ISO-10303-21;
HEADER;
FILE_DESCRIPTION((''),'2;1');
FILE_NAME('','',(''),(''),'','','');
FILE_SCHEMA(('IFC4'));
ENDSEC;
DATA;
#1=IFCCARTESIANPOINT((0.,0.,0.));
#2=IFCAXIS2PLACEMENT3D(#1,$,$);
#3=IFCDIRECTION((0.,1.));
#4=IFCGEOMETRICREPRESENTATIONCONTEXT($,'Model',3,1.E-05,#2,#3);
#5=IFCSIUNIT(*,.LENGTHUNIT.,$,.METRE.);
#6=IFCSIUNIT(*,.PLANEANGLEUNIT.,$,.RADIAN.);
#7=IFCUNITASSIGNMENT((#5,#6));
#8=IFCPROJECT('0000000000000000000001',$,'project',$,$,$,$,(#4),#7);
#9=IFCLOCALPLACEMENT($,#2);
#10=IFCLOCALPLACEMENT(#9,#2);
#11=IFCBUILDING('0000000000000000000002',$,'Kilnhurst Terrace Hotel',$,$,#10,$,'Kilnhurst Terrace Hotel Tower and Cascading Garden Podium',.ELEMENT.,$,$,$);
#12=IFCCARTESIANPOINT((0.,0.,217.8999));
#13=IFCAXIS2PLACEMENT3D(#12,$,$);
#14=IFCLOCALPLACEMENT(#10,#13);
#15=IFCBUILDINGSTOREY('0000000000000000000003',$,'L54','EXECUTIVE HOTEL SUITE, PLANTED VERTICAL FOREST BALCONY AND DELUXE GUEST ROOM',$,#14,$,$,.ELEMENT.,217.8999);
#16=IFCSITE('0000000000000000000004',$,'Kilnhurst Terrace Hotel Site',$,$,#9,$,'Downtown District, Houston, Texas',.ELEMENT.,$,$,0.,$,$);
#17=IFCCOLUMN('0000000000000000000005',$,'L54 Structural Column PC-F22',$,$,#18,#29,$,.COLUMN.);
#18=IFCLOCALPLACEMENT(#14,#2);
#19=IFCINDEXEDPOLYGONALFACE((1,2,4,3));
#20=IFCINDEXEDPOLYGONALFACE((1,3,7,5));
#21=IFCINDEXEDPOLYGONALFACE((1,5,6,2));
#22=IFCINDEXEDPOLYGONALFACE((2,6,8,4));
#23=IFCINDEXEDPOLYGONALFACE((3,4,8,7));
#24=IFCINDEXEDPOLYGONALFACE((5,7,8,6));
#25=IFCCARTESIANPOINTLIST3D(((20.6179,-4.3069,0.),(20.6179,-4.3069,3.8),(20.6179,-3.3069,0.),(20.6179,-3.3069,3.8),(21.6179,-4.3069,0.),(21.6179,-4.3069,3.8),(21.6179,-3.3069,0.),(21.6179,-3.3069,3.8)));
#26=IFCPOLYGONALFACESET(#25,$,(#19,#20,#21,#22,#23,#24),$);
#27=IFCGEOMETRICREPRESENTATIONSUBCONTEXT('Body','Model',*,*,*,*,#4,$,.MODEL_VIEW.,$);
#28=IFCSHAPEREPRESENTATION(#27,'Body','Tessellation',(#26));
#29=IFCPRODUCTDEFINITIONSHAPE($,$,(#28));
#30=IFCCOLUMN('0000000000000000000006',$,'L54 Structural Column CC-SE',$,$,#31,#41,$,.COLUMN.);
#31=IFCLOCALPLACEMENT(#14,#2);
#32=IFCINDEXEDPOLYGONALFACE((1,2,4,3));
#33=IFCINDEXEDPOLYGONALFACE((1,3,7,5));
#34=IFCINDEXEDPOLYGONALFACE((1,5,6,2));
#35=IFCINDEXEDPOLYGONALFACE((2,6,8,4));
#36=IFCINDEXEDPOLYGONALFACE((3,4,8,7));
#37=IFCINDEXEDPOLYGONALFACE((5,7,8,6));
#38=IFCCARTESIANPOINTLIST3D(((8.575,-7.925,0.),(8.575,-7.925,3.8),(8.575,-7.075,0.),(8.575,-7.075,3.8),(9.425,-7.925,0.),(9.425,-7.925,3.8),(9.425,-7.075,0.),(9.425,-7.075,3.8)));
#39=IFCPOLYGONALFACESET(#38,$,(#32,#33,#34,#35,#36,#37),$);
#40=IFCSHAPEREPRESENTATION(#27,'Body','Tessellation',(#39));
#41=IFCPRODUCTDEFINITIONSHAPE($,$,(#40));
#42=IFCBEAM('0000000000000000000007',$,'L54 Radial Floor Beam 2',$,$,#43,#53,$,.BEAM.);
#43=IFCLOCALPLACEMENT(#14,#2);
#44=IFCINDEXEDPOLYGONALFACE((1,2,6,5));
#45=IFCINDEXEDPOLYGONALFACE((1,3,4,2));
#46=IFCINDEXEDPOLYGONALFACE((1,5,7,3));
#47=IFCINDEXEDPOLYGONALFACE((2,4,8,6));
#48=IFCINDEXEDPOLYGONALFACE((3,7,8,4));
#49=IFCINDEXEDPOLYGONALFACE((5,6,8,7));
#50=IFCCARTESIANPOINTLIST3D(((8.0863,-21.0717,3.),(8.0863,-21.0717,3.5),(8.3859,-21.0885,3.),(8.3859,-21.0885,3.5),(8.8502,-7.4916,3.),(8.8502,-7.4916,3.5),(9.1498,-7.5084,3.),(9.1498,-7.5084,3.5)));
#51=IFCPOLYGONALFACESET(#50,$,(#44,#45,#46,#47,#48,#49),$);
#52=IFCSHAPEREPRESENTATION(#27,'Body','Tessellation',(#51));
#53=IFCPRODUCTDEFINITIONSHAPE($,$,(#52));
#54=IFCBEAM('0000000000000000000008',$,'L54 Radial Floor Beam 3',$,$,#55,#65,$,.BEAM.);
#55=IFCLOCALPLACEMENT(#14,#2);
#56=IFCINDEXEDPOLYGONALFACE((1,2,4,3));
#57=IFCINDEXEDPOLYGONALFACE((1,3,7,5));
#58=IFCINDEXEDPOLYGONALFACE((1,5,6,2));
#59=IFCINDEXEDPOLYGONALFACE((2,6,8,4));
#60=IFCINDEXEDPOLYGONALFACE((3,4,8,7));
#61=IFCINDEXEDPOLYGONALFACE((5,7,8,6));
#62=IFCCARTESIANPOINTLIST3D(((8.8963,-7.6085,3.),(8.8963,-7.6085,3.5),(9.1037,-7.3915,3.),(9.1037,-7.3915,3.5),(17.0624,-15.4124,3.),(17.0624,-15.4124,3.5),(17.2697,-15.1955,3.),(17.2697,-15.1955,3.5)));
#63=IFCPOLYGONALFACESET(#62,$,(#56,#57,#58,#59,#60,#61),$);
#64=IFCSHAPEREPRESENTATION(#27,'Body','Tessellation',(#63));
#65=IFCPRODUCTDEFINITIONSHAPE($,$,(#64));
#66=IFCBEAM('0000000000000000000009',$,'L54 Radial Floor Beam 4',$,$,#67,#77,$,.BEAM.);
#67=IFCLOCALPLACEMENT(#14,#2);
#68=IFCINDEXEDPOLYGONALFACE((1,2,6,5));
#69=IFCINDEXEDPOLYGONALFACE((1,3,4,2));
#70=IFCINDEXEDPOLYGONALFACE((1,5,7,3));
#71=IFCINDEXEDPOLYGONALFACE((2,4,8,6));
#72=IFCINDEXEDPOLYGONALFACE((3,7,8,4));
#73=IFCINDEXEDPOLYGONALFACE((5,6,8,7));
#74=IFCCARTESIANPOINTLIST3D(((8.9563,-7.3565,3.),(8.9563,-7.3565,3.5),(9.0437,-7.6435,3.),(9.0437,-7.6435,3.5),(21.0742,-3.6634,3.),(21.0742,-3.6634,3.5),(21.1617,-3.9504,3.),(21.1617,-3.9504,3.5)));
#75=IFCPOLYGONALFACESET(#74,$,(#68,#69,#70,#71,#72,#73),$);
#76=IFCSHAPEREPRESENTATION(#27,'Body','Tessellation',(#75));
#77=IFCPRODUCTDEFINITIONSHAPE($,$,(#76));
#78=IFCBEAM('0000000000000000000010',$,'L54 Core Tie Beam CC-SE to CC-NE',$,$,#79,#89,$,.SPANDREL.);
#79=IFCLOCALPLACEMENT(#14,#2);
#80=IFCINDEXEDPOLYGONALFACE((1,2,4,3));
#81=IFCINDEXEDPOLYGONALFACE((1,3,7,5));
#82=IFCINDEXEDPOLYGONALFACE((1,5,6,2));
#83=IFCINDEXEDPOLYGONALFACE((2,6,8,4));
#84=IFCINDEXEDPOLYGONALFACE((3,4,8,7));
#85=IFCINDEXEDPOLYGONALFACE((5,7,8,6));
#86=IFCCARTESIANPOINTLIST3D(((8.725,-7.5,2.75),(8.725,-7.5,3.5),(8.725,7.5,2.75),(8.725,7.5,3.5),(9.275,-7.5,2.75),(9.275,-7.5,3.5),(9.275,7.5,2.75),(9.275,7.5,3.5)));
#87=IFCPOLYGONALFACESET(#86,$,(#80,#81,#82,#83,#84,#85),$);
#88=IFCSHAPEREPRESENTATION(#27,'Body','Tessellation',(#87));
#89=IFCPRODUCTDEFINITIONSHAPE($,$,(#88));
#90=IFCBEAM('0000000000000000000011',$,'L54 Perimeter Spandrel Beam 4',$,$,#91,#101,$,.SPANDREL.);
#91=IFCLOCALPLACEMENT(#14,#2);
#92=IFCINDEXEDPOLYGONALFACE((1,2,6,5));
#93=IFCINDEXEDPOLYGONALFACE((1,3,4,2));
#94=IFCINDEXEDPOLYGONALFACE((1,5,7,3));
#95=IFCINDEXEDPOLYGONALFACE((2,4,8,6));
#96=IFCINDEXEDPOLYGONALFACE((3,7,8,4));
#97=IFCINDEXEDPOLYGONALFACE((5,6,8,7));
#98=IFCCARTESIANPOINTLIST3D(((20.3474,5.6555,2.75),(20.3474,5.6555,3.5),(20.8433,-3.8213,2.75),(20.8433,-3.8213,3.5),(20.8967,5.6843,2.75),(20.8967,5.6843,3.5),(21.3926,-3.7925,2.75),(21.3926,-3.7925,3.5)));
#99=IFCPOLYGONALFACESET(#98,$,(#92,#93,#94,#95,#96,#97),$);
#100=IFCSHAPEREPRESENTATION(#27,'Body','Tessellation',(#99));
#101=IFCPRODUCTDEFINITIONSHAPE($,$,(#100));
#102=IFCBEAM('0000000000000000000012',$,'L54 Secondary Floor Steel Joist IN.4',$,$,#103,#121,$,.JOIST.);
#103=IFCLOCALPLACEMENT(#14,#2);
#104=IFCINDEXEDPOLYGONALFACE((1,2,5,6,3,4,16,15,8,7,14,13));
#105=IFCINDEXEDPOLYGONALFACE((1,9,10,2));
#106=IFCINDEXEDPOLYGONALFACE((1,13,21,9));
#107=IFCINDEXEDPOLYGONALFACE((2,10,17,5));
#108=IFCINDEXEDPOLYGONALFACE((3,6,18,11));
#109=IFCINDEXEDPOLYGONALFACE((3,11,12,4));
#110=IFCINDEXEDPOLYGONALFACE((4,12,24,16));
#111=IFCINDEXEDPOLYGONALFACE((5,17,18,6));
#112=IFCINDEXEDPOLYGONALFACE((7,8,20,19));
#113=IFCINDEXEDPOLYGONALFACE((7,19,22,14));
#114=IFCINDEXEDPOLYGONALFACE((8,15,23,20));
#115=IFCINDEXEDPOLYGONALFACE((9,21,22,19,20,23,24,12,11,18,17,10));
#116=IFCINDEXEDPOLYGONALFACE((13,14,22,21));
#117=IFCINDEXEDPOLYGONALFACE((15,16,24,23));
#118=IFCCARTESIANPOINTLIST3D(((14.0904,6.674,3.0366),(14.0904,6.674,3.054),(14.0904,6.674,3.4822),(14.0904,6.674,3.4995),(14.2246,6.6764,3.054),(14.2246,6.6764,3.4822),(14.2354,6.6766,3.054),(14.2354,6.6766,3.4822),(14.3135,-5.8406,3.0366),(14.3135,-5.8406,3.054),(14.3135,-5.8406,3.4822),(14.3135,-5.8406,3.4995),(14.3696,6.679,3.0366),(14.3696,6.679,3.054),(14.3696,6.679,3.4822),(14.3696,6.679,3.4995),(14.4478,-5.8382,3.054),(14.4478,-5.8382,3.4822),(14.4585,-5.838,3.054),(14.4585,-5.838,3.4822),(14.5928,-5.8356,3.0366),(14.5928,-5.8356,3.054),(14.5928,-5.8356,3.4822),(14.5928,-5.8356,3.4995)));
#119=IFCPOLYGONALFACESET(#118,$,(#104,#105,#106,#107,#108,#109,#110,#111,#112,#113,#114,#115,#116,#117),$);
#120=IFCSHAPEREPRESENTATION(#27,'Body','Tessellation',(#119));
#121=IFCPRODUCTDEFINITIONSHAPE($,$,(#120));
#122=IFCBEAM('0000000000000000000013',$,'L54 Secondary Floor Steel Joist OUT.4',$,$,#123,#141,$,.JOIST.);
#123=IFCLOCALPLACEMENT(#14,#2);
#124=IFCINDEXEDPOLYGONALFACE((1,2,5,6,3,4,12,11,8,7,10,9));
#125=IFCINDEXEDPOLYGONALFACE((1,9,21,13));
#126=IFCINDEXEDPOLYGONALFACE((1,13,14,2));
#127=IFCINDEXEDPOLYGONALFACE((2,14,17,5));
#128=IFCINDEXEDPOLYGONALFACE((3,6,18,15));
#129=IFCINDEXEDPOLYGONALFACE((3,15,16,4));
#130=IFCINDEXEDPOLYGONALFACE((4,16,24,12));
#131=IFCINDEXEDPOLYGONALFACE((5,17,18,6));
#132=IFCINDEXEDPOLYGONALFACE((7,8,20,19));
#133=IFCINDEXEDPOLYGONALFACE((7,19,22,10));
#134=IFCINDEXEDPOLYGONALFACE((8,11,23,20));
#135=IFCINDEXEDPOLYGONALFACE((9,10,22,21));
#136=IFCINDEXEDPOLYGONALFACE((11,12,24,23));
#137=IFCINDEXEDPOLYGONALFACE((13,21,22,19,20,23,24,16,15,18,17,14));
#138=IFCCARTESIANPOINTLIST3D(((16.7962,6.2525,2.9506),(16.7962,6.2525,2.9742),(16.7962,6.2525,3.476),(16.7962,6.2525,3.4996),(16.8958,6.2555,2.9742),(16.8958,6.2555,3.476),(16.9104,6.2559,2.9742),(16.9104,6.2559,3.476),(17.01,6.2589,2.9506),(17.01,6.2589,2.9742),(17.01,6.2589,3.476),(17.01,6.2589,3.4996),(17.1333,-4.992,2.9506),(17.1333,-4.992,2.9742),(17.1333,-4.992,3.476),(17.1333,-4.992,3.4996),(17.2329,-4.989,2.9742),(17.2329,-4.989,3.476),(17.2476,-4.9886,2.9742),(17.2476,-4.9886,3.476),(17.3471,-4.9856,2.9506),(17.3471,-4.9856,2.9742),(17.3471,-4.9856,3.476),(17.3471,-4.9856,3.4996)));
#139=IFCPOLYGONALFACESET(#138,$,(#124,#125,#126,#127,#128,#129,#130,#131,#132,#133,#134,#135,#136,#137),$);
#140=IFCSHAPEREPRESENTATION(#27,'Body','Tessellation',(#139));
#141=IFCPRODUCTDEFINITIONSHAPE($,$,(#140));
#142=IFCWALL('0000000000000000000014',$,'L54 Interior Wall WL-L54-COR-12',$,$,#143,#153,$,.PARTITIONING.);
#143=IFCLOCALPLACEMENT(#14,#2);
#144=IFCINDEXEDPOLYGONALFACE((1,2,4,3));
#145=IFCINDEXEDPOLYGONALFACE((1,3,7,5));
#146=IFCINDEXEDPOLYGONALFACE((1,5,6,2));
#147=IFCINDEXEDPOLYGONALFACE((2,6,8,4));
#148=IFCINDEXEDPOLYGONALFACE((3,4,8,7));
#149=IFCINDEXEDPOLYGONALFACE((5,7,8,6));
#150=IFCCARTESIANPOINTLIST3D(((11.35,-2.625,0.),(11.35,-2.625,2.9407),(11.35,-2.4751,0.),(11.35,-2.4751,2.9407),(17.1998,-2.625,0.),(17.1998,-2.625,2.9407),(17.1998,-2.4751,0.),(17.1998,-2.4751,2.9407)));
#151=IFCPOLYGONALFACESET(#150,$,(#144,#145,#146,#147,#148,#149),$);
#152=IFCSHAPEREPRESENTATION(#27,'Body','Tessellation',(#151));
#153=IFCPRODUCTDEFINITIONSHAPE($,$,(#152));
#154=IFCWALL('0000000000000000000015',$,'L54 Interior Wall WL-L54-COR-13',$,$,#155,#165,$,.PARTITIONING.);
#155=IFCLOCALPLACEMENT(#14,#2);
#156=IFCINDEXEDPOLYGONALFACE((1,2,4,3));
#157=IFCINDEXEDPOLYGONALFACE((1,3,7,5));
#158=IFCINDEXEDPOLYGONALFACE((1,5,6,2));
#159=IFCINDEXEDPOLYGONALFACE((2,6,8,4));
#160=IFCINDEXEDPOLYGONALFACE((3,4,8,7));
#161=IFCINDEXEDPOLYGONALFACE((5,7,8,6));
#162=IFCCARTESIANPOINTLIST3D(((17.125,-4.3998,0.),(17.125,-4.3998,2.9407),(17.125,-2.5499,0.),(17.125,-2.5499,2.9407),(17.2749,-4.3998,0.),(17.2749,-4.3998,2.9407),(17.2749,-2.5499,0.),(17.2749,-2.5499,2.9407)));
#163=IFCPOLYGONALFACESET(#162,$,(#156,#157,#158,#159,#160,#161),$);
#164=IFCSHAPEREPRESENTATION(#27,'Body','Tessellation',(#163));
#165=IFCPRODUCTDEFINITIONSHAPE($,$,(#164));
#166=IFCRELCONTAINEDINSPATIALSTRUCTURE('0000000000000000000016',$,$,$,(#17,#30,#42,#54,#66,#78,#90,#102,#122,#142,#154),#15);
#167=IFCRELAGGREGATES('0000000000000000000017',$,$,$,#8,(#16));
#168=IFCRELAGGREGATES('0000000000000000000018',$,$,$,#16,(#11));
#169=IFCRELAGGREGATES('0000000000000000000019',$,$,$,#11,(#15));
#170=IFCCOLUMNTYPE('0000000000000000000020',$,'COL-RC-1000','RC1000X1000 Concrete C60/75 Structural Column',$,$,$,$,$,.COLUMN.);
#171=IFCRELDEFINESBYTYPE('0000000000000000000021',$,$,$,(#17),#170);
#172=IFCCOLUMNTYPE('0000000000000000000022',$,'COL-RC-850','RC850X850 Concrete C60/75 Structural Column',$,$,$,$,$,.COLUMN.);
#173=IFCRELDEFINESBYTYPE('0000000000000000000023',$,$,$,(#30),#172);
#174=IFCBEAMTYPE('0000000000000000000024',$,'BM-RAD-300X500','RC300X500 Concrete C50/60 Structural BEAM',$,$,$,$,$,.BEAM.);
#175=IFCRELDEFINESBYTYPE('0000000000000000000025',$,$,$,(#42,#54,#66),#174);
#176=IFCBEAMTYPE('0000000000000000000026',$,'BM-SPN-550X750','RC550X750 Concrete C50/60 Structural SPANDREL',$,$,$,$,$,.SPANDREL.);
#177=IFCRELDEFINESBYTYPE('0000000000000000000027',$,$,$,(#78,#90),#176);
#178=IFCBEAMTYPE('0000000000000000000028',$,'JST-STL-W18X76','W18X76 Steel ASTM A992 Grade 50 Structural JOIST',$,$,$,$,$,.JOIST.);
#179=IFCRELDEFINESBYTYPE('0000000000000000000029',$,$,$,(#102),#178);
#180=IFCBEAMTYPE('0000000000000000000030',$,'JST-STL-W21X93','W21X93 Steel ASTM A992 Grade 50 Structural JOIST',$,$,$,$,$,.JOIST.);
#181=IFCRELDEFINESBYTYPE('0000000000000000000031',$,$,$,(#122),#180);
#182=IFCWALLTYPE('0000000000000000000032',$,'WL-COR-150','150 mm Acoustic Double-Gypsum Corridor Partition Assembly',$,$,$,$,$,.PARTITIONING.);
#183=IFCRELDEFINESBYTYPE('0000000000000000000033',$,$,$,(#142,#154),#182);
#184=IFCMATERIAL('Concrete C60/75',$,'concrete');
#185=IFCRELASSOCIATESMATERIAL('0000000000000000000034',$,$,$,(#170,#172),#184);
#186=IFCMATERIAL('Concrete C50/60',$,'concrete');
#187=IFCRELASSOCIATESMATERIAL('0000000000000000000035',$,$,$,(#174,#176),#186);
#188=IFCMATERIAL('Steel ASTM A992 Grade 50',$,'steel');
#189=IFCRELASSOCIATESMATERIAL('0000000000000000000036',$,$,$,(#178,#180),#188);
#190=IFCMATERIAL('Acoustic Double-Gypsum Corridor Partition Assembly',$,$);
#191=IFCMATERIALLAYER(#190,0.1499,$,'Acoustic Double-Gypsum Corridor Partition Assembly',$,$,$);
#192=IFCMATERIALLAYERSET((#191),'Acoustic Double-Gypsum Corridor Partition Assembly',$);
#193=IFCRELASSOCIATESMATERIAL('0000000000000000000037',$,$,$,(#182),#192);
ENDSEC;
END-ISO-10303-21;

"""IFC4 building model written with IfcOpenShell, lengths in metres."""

from ifc_helpers import new_model, si_unit, direction, frame, frame_2d, origin, origin_2d, place, context, subcontext, project, spatial, rectangle, i_section, extrude, material, layer, layer_set, material_profile, profile_set, type_object, element, save


model = new_model("IFC4")

# Units and contexts
model_context = context("Model", 3, precision=1e-05, world=origin(), true_north=direction((0.0, 1.0)))
body_context = subcontext(model_context, "Body", "Model", "MODEL_VIEW")
ifc_project = project(units=[si_unit("LENGTHUNIT", "METRE"), si_unit("PLANEANGLEUNIT", "RADIAN")], contexts=[model_context])

# Site, building, storey
site_placement = place(None, origin())
site = spatial("IfcSite", under=ifc_project, at=site_placement, Name="Kilnhurst Terrace Hotel Site", LongName="Downtown District, Houston, Texas", CompositionType="ELEMENT", RefElevation=0.0)
building_placement = place(site_placement, origin())
building = spatial("IfcBuilding", under=site, at=building_placement, Name="Kilnhurst Terrace Hotel", LongName="Kilnhurst Terrace Hotel Tower and Cascading Garden Podium", CompositionType="ELEMENT")
storey_placement = place(building_placement, frame((0.0, 0.0, 217.8999)))
storey = spatial("IfcBuildingStorey", under=building, at=storey_placement, Name="L54", Description="EXECUTIVE HOTEL SUITE, PLANTED VERTICAL FOREST BALCONY AND DELUXE GUEST ROOM", CompositionType="ELEMENT", Elevation=217.8999)

# Columns
ifc_material_1 = material(Name="Concrete C60/75", Category="concrete")
ifc_material_profile_1 = material_profile(ifc_material_1, rectangle(XDim=1.0, YDim=1.0, at=origin_2d()), Name="RC1000X1000")
ifc_profile_set_1 = profile_set([ifc_material_profile_1], Name="Concrete C60/75")
column_type_1 = type_object("IfcColumnType", Name="COL-RC-1000", Description="RC1000X1000 Concrete C60/75 Structural Column", PredefinedType="COLUMN", material=ifc_profile_set_1)
column_1_placement = place(storey_placement, frame((21.1179, -3.8069, 0.0), z_axis=(0.0, 0.0, 1.0), x_axis=(1.0, 0.0, 0.0)))
element("IfcColumn", 1, at=column_1_placement, inside=storey, type_object=column_type_1, Name="L54 Structural Column PC-F22", PredefinedType="COLUMN", context=body_context, shape_type="SweptSolid", body=[
    extrude(rectangle(XDim=1.0, YDim=1.0, at=origin_2d()), origin(), (0.0, 0.0, 1.0), 3.8),
])
ifc_material_profile_2 = material_profile(ifc_material_1, rectangle(XDim=0.8501, YDim=0.8501, at=origin_2d()), Name="RC850X850")
ifc_profile_set_2 = profile_set([ifc_material_profile_2], Name="Concrete C60/75")
column_type_2 = type_object("IfcColumnType", Name="COL-RC-850", Description="RC850X850 Concrete C60/75 Structural Column", PredefinedType="COLUMN", material=ifc_profile_set_2)
column_2_placement = place(storey_placement, frame((9.0, -7.5, 0.0), z_axis=(0.0, 0.0, 1.0), x_axis=(1.0, 0.0, 0.0)))
element("IfcColumn", 2, at=column_2_placement, inside=storey, type_object=column_type_2, Name="L54 Structural Column CC-SE", PredefinedType="COLUMN", context=body_context, shape_type="SweptSolid", body=[
    extrude(rectangle(XDim=0.8501, YDim=0.8501, at=origin_2d()), origin(), (0.0, 0.0, 1.0), 3.8),
])

# Beams
ifc_material_2 = material(Name="Concrete C50/60", Category="concrete")
ifc_material_profile_3 = material_profile(ifc_material_2, rectangle(XDim=0.3, YDim=0.5, at=origin_2d()), Name="RC300X500")
ifc_profile_set_3 = profile_set([ifc_material_profile_3], Name="Concrete C50/60")
beam_type_1 = type_object("IfcBeamType", Name="BM-RAD-300X500", Description="RC300X500 Concrete C50/60 Structural BEAM", PredefinedType="BEAM", material=ifc_profile_set_3)
beam_1_placement = place(storey_placement, frame((9.0, -7.5, 3.25), z_axis=(-0.056164, -0.998422, 0.0), x_axis=(0.998422, -0.056164, 0.0)))
element("IfcBeam", 3, at=beam_1_placement, inside=storey, type_object=beam_type_1, Name="L54 Radial Floor Beam 2", PredefinedType="BEAM", context=body_context, shape_type="SweptSolid", body=[
    extrude(rectangle(XDim=0.3, YDim=0.5, at=origin_2d()), origin(), (0.0, 0.0, 1.0), 13.6016),
])
beam_2_placement = place(storey_placement, frame((9.0, -7.5, 3.25), z_axis=(0.722952, -0.690898, 0.0), x_axis=(0.690898, 0.722952, 0.0)))
element("IfcBeam", 4, at=beam_2_placement, inside=storey, type_object=beam_type_1, Name="L54 Radial Floor Beam 3", PredefinedType="BEAM", context=body_context, shape_type="SweptSolid", body=[
    extrude(rectangle(XDim=0.3, YDim=0.5, at=origin_2d()), origin(), (0.0, 0.0, 1.0), 11.2954),
])
beam_3_placement = place(storey_placement, frame((9.0, -7.5, 3.25), z_axis=(0.956563, 0.291527, 0.0), x_axis=(-0.291527, 0.956563, 0.0)))
element("IfcBeam", 5, at=beam_3_placement, inside=storey, type_object=beam_type_1, Name="L54 Radial Floor Beam 4", PredefinedType="BEAM", context=body_context, shape_type="SweptSolid", body=[
    extrude(rectangle(XDim=0.3, YDim=0.5, at=origin_2d()), origin(), (0.0, 0.0, 1.0), 12.6682),
])
ifc_material_profile_4 = material_profile(ifc_material_2, rectangle(XDim=0.55, YDim=0.75, at=origin_2d()), Name="RC550X750")
ifc_profile_set_4 = profile_set([ifc_material_profile_4], Name="Concrete C50/60")
beam_type_2 = type_object("IfcBeamType", Name="BM-SPN-550X750", Description="RC550X750 Concrete C50/60 Structural SPANDREL", PredefinedType="SPANDREL", material=ifc_profile_set_4)
beam_4_placement = place(storey_placement, frame((9.0, -7.5, 3.125), z_axis=(0.0, 1.0, 0.0), x_axis=(-1.0, 0.0, 0.0)))
element("IfcBeam", 6, at=beam_4_placement, inside=storey, type_object=beam_type_2, Name="L54 Core Tie Beam CC-SE to CC-NE", PredefinedType="SPANDREL", context=body_context, shape_type="SweptSolid", body=[
    extrude(rectangle(XDim=0.55, YDim=0.75, at=origin_2d()), origin(), (0.0, 0.0, 1.0), 15.0),
])
beam_5_placement = place(storey_placement, frame((21.1179, -3.8069, 3.125), z_axis=(-0.052251, 0.998634, 0.0), x_axis=(-0.998634, -0.052251, 0.0)))
element("IfcBeam", 7, at=beam_5_placement, inside=storey, type_object=beam_type_2, Name="L54 Perimeter Spandrel Beam 4", PredefinedType="SPANDREL", context=body_context, shape_type="SweptSolid", body=[
    extrude(rectangle(XDim=0.55, YDim=0.75, at=origin_2d()), origin(), (0.0, 0.0, 1.0), 9.4897),
])
ifc_material_3 = material(Name="Steel ASTM A992 Grade 50", Category="steel")
ifc_material_profile_5 = material_profile(ifc_material_3, i_section(OverallWidth=0.2793, OverallDepth=0.4629, WebThickness=0.0107, FlangeThickness=0.0173, at=origin_2d()), Name="W18X76")
ifc_profile_set_5 = profile_set([ifc_material_profile_5], Name="Steel ASTM A992 Grade 50")
beam_type_3 = type_object("IfcBeamType", Name="JST-STL-W18X76", Description="W18X76 Steel ASTM A992 Grade 50 Structural JOIST", PredefinedType="JOIST", material=ifc_profile_set_5)
beam_6_placement = place(storey_placement, frame((14.4531, -5.8381, 3.2681), z_axis=(-0.017828, 0.999841, 0.0), x_axis=(-0.999841, -0.017828, 0.0)))
element("IfcBeam", 8, at=beam_6_placement, inside=storey, type_object=beam_type_3, Name="L54 Secondary Floor Steel Joist IN.4", PredefinedType="JOIST", context=body_context, shape_type="SweptSolid", body=[
    extrude(i_section(OverallWidth=0.2793, OverallDepth=0.4629, WebThickness=0.0107, FlangeThickness=0.0173, at=origin_2d()), origin(), (0.0, 0.0, 1.0), 12.5166),
])
ifc_material_profile_6 = material_profile(ifc_material_3, i_section(OverallWidth=0.2139, OverallDepth=0.5491, WebThickness=0.0146, FlangeThickness=0.0237, at=origin_2d()), Name="W21X93")
ifc_profile_set_6 = profile_set([ifc_material_profile_6], Name="Steel ASTM A992 Grade 50")
beam_type_4 = type_object("IfcBeamType", Name="JST-STL-W21X93", Description="W21X93 Steel ASTM A992 Grade 50 Structural JOIST", PredefinedType="JOIST", material=ifc_profile_set_6)
beam_7_placement = place(storey_placement, frame((17.2402, -4.9888, 3.2251), z_axis=(-0.029971, 0.999551, 0.0), x_axis=(-0.999551, -0.029971, 0.0)))
element("IfcBeam", 9, at=beam_7_placement, inside=storey, type_object=beam_type_4, Name="L54 Secondary Floor Steel Joist OUT.4", PredefinedType="JOIST", context=body_context, shape_type="SweptSolid", body=[
    extrude(i_section(OverallWidth=0.2139, OverallDepth=0.5491, WebThickness=0.0146, FlangeThickness=0.0237, at=origin_2d()), origin(), (0.0, 0.0, 1.0), 11.2495),
])

# Walls
ifc_material_4 = material(Name="Acoustic Double-Gypsum Corridor Partition Assembly")
ifc_layer_1 = layer(ifc_material_4, 0.1499, Name="Acoustic Double-Gypsum Corridor Partition Assembly")
ifc_layer_set_1 = layer_set([ifc_layer_1], Name="Acoustic Double-Gypsum Corridor Partition Assembly")
wall_type_1 = type_object("IfcWallType", Name="WL-COR-150", Description="150 mm Acoustic Double-Gypsum Corridor Partition Assembly", PredefinedType="PARTITIONING", material=ifc_layer_set_1)
wall_1_placement = place(storey_placement, frame((11.3501, -2.55, 0.0), z_axis=(0.0, 0.0, 1.0), x_axis=(1.0, 0.0, 0.0)))
element("IfcWall", 10, at=wall_1_placement, inside=storey, type_object=wall_type_1, Name="L54 Interior Wall WL-L54-COR-12", PredefinedType="PARTITIONING", context=body_context, shape_type="SweptSolid", body=[
    extrude(rectangle(XDim=5.8499, YDim=0.1499, at=frame_2d((2.9248, 0.0))), origin(), (0.0, 0.0, 1.0), 2.9407),
])
wall_2_placement = place(storey_placement, frame((17.2, -2.55, 0.0), z_axis=(0.0, 0.0, 1.0), x_axis=(0.0, -1.0, 0.0)))
element("IfcWall", 11, at=wall_2_placement, inside=storey, type_object=wall_type_1, Name="L54 Interior Wall WL-L54-COR-13", PredefinedType="PARTITIONING", context=body_context, shape_type="SweptSolid", body=[
    extrude(rectangle(XDim=1.8499, YDim=0.1499, at=frame_2d((0.9248, 0.0))), origin(), (0.0, 0.0, 1.0), 2.9407),
])

save(model, "model.ifc")
